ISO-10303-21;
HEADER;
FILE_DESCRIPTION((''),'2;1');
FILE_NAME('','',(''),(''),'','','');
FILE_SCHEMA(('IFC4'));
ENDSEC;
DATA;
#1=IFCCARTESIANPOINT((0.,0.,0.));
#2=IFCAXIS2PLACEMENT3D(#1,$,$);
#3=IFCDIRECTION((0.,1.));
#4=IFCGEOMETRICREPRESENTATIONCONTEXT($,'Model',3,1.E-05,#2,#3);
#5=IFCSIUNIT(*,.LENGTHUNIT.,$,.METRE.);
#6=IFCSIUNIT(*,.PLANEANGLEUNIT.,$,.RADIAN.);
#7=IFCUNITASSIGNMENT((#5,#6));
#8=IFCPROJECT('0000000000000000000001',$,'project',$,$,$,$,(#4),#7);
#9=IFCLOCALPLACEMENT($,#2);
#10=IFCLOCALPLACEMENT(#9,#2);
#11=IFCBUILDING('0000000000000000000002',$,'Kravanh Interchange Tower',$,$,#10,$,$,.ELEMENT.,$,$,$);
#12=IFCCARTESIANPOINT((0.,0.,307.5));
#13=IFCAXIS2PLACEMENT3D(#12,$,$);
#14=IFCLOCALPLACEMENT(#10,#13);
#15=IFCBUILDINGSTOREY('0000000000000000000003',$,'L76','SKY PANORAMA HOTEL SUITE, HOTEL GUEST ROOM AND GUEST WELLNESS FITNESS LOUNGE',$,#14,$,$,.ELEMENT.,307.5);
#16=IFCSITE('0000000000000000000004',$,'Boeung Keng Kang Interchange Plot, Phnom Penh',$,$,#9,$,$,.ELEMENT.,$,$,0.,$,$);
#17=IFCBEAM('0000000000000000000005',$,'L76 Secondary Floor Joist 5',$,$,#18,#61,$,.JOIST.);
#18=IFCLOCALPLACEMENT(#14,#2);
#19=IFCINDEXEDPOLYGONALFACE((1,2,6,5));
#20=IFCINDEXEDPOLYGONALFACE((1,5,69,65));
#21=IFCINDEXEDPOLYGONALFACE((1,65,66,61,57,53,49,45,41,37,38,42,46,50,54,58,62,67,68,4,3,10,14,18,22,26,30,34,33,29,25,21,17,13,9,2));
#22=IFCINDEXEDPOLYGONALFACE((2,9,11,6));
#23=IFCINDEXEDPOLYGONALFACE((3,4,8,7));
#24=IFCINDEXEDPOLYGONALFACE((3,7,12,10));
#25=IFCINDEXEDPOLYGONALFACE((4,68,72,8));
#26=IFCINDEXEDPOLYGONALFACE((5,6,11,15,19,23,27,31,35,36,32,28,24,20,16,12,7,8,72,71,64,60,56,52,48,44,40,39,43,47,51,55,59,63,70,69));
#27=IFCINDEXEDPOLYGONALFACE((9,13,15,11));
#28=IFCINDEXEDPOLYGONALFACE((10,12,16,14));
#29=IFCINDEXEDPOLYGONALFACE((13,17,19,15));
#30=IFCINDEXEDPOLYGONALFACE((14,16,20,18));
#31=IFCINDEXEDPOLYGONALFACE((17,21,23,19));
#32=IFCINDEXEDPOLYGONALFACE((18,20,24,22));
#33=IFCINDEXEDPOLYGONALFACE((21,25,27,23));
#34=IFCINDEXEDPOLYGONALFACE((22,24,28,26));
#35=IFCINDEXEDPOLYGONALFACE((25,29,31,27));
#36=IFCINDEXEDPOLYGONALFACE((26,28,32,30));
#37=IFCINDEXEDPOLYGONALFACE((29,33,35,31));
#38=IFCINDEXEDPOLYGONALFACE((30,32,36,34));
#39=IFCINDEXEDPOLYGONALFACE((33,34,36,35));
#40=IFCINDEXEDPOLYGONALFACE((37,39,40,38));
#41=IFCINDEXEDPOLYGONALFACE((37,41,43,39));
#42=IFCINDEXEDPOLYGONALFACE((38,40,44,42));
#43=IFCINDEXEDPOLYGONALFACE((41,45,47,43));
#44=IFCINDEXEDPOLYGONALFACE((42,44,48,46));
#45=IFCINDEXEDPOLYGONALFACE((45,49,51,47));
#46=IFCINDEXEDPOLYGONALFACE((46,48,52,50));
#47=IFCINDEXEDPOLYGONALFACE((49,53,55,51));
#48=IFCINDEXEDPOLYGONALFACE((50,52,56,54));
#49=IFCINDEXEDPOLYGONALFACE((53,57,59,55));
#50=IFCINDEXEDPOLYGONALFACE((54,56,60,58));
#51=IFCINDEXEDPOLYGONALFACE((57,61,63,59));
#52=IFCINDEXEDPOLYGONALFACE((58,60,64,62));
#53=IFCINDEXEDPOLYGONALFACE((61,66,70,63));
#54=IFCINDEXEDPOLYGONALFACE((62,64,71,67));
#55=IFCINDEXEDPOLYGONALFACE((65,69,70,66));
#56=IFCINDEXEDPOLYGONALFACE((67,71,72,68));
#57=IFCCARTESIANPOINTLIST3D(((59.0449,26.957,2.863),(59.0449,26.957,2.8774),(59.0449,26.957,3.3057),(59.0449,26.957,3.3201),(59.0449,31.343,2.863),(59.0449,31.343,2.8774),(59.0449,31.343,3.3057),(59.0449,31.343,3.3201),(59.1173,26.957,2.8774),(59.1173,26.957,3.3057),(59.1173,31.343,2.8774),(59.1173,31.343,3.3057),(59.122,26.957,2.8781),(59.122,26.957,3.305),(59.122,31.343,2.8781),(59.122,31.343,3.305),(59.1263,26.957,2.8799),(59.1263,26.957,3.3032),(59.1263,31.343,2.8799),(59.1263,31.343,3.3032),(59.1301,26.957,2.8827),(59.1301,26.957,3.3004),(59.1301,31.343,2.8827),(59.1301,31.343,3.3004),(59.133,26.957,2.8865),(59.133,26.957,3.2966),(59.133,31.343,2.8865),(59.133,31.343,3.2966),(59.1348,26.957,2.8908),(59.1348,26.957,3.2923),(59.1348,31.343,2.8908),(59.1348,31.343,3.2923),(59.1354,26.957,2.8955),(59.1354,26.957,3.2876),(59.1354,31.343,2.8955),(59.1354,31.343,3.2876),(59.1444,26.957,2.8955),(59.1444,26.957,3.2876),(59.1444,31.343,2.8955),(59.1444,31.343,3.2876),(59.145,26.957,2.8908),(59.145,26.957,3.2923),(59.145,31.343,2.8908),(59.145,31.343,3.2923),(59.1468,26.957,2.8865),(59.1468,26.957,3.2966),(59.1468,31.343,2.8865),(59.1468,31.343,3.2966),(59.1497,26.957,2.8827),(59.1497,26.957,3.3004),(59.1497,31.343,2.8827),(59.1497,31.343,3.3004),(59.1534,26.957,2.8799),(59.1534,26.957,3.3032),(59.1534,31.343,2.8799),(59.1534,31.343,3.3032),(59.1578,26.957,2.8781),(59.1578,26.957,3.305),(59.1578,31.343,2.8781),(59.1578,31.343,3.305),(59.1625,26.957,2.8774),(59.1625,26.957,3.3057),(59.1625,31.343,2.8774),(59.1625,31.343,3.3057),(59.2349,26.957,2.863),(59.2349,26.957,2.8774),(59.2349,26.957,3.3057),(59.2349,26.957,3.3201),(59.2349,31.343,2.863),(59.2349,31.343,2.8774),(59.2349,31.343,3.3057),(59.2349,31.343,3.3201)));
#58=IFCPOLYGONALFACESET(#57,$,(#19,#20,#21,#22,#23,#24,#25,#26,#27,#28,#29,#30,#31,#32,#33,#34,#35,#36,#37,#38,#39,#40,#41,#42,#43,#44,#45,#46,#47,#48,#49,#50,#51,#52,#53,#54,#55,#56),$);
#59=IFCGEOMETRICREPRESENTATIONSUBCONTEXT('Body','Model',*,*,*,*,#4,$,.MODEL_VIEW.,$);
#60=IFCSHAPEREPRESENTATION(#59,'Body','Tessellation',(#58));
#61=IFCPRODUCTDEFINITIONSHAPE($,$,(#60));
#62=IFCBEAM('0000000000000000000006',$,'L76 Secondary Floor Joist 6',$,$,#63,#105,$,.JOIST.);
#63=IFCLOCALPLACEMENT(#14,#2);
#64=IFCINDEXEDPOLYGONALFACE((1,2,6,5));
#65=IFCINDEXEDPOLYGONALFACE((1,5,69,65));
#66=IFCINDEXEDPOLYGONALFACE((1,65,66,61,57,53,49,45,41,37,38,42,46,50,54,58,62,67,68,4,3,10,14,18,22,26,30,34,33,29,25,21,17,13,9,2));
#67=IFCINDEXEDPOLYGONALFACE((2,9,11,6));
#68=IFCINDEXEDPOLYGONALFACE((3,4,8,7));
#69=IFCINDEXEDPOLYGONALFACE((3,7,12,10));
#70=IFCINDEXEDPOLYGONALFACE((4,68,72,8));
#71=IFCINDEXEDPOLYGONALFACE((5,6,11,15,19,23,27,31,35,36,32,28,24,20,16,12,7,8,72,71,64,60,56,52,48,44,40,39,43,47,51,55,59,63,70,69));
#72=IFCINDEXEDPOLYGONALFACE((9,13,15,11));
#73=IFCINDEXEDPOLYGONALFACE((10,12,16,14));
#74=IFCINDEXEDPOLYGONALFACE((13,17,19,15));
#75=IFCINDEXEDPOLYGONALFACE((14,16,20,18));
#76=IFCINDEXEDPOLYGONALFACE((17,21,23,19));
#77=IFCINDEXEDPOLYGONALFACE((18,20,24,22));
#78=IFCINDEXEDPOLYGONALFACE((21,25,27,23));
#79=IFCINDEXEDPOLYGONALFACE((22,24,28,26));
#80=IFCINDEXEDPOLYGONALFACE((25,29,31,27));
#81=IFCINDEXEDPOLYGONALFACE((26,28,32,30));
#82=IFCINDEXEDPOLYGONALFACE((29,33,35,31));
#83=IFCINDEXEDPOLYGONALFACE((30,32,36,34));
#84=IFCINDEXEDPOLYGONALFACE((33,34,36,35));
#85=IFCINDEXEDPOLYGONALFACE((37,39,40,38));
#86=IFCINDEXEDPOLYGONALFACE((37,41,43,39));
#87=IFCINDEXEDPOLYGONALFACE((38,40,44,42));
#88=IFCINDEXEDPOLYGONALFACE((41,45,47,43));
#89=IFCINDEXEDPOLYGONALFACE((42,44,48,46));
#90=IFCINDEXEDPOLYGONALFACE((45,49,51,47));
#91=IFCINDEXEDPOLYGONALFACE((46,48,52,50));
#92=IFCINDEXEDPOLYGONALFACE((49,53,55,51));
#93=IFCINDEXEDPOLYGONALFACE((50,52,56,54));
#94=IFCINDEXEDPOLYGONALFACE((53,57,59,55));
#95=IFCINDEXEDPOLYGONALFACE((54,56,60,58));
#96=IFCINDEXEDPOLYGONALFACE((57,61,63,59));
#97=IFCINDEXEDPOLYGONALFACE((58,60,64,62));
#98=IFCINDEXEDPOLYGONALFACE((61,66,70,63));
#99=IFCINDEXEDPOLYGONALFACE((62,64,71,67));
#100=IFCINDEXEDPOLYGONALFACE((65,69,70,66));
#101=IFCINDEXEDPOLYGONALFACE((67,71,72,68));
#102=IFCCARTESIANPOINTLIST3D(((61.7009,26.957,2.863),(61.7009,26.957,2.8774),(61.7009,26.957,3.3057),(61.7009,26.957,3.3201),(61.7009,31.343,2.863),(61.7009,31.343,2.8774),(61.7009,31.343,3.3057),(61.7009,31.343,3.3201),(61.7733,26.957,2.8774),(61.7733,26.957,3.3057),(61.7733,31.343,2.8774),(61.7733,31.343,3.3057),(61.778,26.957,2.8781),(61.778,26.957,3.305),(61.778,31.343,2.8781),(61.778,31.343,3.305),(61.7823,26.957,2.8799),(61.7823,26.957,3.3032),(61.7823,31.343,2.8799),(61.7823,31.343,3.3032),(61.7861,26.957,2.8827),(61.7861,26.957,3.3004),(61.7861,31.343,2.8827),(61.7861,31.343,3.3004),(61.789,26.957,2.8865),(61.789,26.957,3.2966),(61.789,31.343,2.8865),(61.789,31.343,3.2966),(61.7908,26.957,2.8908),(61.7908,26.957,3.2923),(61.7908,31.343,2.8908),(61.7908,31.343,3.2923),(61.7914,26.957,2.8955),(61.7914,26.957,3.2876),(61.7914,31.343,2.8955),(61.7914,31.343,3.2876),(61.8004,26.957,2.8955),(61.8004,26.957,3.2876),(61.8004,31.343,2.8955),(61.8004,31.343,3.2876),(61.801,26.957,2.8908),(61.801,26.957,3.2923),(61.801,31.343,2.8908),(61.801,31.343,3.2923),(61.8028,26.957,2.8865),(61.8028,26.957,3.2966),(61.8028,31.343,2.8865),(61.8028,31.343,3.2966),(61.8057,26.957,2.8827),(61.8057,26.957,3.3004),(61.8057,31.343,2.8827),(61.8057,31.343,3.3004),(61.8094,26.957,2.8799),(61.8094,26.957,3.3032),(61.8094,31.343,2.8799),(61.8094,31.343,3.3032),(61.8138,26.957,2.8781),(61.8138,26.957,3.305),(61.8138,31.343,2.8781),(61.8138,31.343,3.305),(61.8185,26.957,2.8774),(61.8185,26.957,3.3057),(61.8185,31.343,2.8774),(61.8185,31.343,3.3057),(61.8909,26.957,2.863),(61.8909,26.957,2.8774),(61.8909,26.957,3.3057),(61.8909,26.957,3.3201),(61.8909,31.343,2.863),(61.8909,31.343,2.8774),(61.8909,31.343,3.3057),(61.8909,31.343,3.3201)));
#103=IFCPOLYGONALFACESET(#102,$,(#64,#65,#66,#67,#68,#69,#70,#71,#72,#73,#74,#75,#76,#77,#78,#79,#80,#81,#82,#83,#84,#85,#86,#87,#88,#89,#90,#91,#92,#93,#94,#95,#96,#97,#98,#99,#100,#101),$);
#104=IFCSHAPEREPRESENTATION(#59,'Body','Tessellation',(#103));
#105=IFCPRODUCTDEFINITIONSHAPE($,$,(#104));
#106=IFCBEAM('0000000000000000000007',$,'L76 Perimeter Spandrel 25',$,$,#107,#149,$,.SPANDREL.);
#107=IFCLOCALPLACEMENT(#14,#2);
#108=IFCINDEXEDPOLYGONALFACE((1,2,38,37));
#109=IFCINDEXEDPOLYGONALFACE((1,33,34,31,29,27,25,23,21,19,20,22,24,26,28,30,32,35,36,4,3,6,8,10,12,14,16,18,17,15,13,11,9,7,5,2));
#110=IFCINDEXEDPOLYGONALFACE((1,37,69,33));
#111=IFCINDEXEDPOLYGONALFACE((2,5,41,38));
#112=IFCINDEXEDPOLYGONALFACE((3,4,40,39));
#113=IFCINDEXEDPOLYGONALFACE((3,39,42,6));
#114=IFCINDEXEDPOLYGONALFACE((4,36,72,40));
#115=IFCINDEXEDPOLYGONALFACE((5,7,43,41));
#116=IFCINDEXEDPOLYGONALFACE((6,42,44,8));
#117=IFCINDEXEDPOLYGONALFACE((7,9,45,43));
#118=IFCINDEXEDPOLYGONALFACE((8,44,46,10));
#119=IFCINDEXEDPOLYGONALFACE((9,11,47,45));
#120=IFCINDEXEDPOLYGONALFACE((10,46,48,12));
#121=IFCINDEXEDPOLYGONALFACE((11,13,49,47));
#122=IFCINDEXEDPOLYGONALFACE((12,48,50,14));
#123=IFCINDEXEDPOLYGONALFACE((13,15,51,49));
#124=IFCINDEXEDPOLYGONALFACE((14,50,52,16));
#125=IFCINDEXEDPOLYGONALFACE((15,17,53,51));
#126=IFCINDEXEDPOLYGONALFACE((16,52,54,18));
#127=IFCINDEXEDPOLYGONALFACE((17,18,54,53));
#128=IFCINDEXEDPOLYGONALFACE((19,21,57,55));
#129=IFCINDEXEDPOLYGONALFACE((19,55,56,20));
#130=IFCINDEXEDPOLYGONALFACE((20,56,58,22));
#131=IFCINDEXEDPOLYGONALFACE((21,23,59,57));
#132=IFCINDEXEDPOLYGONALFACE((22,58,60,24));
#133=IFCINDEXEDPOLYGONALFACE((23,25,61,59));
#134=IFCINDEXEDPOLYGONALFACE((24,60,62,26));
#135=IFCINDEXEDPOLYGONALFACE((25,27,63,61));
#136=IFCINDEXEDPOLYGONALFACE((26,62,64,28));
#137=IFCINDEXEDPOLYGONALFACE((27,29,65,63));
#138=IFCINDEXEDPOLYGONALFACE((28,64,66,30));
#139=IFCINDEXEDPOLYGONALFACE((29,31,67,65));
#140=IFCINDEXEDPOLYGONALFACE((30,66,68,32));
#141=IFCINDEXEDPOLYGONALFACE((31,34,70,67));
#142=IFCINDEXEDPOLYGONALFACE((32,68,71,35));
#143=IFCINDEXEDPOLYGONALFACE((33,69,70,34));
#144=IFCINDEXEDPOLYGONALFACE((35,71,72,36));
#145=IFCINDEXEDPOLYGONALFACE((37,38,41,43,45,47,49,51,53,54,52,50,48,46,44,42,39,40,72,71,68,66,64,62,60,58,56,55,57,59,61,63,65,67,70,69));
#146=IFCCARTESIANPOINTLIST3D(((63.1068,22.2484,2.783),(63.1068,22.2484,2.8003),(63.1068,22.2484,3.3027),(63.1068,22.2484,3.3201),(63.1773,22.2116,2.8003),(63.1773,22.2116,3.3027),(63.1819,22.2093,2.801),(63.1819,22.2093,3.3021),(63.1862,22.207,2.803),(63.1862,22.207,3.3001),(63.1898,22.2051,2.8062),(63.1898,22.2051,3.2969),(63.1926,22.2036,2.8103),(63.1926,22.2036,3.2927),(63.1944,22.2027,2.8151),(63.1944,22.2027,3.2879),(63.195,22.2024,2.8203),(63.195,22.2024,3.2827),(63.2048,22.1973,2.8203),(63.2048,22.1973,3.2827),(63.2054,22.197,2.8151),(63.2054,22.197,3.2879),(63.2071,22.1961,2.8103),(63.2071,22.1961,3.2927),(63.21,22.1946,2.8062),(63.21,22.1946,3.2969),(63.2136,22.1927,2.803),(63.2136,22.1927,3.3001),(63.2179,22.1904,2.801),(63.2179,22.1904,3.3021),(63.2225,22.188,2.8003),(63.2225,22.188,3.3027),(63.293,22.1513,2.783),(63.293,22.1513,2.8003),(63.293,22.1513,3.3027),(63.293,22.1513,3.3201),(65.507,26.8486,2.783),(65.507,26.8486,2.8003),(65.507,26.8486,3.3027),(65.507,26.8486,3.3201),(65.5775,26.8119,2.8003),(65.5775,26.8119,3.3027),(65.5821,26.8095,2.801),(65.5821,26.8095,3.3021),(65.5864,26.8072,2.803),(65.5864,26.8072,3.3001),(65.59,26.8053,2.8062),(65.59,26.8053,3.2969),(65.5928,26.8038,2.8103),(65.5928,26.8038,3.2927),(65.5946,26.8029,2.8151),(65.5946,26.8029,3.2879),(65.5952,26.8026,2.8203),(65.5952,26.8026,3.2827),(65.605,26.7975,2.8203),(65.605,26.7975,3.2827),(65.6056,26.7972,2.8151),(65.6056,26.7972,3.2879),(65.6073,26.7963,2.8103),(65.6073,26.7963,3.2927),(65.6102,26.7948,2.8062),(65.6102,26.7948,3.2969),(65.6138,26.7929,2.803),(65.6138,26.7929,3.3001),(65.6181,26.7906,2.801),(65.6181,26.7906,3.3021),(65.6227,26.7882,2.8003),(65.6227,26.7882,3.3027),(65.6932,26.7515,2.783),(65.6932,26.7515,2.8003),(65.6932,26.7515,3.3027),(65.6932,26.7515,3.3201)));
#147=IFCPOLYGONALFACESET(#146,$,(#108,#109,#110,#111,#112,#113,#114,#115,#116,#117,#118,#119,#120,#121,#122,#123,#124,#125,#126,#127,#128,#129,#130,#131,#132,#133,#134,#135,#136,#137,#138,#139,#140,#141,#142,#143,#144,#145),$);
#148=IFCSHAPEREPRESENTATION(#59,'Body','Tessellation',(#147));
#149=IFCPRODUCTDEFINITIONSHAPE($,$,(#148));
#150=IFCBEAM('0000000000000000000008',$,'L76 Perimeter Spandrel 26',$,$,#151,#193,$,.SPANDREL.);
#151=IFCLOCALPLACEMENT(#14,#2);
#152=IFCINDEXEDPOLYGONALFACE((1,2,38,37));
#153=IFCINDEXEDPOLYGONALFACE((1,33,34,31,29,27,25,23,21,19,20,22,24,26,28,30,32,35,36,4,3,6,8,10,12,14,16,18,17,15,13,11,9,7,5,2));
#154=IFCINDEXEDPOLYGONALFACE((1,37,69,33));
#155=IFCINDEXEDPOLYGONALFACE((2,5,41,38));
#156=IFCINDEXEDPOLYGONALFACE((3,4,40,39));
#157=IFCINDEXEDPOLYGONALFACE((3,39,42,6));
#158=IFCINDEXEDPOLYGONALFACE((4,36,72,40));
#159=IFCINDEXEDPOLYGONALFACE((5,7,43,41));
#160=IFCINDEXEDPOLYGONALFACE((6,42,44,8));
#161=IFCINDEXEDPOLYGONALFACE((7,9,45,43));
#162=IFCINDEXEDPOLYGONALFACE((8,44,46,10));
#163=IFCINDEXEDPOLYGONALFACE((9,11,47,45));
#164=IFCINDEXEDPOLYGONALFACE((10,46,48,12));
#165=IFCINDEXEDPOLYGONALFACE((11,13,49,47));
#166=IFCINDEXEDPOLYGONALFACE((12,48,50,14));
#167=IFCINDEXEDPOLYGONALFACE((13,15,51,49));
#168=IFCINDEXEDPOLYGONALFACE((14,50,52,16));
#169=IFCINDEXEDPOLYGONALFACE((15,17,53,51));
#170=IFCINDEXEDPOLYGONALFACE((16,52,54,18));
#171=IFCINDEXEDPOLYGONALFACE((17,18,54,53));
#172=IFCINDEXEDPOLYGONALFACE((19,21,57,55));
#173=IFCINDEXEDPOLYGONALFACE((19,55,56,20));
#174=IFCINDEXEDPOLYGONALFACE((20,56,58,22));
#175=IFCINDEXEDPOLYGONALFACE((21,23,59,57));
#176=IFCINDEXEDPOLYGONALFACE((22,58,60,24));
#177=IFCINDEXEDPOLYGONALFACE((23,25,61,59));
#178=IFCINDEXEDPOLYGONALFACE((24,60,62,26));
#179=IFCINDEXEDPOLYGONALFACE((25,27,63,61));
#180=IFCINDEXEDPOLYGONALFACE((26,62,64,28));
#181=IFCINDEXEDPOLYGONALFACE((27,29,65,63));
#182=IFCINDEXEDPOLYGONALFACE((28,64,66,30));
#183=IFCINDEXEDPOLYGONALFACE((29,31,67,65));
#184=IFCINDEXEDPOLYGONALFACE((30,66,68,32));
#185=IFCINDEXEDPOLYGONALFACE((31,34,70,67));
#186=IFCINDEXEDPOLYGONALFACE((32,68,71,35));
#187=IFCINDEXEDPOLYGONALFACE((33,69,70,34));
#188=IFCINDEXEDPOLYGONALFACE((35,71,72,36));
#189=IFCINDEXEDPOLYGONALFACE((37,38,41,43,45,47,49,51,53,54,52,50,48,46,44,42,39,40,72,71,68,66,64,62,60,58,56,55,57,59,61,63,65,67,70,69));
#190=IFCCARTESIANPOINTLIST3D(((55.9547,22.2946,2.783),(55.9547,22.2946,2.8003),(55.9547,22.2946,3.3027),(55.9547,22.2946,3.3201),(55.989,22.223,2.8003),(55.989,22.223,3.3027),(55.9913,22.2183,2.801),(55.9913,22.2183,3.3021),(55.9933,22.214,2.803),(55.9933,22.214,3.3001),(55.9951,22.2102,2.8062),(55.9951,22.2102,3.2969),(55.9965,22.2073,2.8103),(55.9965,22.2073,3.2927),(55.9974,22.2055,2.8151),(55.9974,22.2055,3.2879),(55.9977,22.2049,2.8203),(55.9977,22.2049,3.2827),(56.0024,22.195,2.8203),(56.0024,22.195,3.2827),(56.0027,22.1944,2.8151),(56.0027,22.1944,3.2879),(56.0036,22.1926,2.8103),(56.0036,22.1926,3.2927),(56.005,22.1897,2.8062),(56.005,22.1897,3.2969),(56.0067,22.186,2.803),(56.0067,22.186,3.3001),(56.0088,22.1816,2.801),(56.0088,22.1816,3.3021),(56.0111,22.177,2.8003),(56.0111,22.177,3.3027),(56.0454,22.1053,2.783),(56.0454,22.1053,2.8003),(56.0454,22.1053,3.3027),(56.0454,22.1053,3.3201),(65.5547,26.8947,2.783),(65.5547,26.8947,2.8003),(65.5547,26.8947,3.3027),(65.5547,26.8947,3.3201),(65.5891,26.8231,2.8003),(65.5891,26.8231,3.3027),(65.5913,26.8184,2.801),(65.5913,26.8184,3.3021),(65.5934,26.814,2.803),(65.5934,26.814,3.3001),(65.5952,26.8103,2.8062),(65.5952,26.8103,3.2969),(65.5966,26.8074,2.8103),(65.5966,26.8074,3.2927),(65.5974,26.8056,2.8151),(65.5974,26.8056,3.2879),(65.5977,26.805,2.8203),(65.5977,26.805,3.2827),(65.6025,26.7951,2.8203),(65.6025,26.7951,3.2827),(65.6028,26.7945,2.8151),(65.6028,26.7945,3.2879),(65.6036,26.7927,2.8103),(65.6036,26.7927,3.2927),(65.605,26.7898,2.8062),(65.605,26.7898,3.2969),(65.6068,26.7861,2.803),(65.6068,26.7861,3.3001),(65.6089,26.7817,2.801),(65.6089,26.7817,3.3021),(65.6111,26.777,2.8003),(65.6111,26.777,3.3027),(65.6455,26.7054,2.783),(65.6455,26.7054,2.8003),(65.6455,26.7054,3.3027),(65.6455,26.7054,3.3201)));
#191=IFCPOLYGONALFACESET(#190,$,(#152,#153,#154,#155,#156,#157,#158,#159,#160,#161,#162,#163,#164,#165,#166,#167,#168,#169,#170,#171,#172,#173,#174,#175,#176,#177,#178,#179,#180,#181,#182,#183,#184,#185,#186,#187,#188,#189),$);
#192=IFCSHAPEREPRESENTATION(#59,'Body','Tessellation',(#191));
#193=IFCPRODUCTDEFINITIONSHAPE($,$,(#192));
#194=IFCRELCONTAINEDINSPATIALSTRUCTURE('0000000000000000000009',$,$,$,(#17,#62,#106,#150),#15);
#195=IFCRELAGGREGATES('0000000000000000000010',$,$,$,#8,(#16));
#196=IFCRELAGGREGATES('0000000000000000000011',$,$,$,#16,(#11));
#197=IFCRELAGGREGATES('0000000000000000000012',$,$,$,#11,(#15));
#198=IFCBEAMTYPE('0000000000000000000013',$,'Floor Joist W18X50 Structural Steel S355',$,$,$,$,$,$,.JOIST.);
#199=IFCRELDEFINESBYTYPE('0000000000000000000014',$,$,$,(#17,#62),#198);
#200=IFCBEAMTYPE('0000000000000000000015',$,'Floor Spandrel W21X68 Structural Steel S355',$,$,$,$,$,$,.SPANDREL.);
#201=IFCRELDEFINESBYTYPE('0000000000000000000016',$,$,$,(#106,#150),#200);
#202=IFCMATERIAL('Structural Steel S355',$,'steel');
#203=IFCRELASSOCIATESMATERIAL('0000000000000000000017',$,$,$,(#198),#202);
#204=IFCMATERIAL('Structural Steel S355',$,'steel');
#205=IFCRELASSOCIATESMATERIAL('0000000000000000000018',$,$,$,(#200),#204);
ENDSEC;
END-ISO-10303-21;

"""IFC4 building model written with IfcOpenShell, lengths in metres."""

from ifc_helpers import new_model, si_unit, direction, frame, origin, origin_2d, place, context, subcontext, project, spatial, i_section, extrude, material, material_profile, profile_set, type_object, element, save


model = new_model("IFC4")

# Units and contexts
model_context = context("Model", 3, precision=1e-05, world=origin(), true_north=direction((0.0, 1.0)))
body_context = subcontext(model_context, "Body", "Model", "MODEL_VIEW")
ifc_project = project(units=[si_unit("LENGTHUNIT", "METRE"), si_unit("PLANEANGLEUNIT", "RADIAN")], contexts=[model_context])

# Site, building, storey
site_placement = place(None, origin())
site = spatial("IfcSite", under=ifc_project, at=site_placement, Name="Boeung Keng Kang Interchange Plot, Phnom Penh", CompositionType="ELEMENT", RefElevation=0.0)
building_placement = place(site_placement, origin())
building = spatial("IfcBuilding", under=site, at=building_placement, Name="Kravanh Interchange Tower", CompositionType="ELEMENT")
storey_placement = place(building_placement, frame((0.0, 0.0, 307.5)))
storey = spatial("IfcBuildingStorey", under=building, at=storey_placement, Name="L76", Description="SKY PANORAMA HOTEL SUITE, HOTEL GUEST ROOM AND GUEST WELLNESS FITNESS LOUNGE", CompositionType="ELEMENT", Elevation=307.5)

# Beams
ifc_material_1 = material(Name="Structural Steel S355", Category="steel")
ifc_material_profile_1 = material_profile(ifc_material_1, i_section(OverallWidth=0.1899, OverallDepth=0.457, WebThickness=0.009, FlangeThickness=0.0144, FilletRadius=0.0181, at=origin_2d()), Name="W18X50")
ifc_profile_set_1 = profile_set([ifc_material_profile_1], Name="Structural Steel S355")
beam_type_1 = type_object("IfcBeamType", Name="Floor Joist W18X50 Structural Steel S355", PredefinedType="JOIST", material=ifc_profile_set_1)
for number, where, z_axis, x_axis, name in (
    (1, (59.1399, 26.957, 3.0916), (0.0, 1.0, 0.0), (-1.0, 0.0, 0.0), "L76 Secondary Floor Joist 5"),
    (2, (61.7959, 26.957, 3.0916), (0.0, 1.0, 0.0), (-1.0, 0.0, 0.0), "L76 Secondary Floor Joist 6"),
):
    element("IfcBeam", number, at=place(storey_placement, frame(where, z_axis=z_axis, x_axis=x_axis)), inside=storey, type_object=beam_type_1, Name=name, PredefinedType="JOIST", context=body_context, shape_type="SweptSolid", body=[
        extrude(i_section(OverallWidth=0.1899, OverallDepth=0.457, WebThickness=0.009, FlangeThickness=0.0144, FilletRadius=0.0181, at=origin_2d()), origin(), (0.0, 0.0, 1.0), 4.386),
    ])
ifc_material_2 = material(Name="Structural Steel S355", Category="steel")
ifc_material_profile_2 = material_profile(ifc_material_2, i_section(OverallWidth=0.21, OverallDepth=0.5371, WebThickness=0.011, FlangeThickness=0.0173, FilletRadius=0.02, at=origin_2d()), Name="W21X68")
ifc_profile_set_2 = profile_set([ifc_material_profile_2], Name="Structural Steel S355")
beam_type_2 = type_object("IfcBeamType", Name="Floor Spandrel W21X68 Structural Steel S355", PredefinedType="SPANDREL", material=ifc_profile_set_2)
beam_1_placement = place(storey_placement, frame((65.6001, 26.8, 3.0515), z_axis=(-0.46258, -0.886577, 0.0), x_axis=(0.886577, -0.46258, 0.0)))
element("IfcBeam", 3, at=beam_1_placement, inside=storey, type_object=beam_type_2, Name="L76 Perimeter Spandrel 25", PredefinedType="SPANDREL", context=body_context, shape_type="SweptSolid", body=[
    extrude(i_section(OverallWidth=0.21, OverallDepth=0.5371, WebThickness=0.011, FlangeThickness=0.0173, FilletRadius=0.02, at=origin_2d()), origin(), (0.0, 0.0, 1.0), 5.1887),
])
beam_2_placement = place(storey_placement, frame((65.6001, 26.8, 3.0515), z_axis=(-0.901814, -0.432124, 0.0), x_axis=(0.432124, -0.901814, 0.0)))
element("IfcBeam", 4, at=beam_2_placement, inside=storey, type_object=beam_type_2, Name="L76 Perimeter Spandrel 26", PredefinedType="SPANDREL", context=body_context, shape_type="SweptSolid", body=[
    extrude(i_section(OverallWidth=0.21, OverallDepth=0.5371, WebThickness=0.011, FlangeThickness=0.0173, FilletRadius=0.02, at=origin_2d()), origin(), (0.0, 0.0, 1.0), 10.6453),
])

save(model, "model.ifc")
